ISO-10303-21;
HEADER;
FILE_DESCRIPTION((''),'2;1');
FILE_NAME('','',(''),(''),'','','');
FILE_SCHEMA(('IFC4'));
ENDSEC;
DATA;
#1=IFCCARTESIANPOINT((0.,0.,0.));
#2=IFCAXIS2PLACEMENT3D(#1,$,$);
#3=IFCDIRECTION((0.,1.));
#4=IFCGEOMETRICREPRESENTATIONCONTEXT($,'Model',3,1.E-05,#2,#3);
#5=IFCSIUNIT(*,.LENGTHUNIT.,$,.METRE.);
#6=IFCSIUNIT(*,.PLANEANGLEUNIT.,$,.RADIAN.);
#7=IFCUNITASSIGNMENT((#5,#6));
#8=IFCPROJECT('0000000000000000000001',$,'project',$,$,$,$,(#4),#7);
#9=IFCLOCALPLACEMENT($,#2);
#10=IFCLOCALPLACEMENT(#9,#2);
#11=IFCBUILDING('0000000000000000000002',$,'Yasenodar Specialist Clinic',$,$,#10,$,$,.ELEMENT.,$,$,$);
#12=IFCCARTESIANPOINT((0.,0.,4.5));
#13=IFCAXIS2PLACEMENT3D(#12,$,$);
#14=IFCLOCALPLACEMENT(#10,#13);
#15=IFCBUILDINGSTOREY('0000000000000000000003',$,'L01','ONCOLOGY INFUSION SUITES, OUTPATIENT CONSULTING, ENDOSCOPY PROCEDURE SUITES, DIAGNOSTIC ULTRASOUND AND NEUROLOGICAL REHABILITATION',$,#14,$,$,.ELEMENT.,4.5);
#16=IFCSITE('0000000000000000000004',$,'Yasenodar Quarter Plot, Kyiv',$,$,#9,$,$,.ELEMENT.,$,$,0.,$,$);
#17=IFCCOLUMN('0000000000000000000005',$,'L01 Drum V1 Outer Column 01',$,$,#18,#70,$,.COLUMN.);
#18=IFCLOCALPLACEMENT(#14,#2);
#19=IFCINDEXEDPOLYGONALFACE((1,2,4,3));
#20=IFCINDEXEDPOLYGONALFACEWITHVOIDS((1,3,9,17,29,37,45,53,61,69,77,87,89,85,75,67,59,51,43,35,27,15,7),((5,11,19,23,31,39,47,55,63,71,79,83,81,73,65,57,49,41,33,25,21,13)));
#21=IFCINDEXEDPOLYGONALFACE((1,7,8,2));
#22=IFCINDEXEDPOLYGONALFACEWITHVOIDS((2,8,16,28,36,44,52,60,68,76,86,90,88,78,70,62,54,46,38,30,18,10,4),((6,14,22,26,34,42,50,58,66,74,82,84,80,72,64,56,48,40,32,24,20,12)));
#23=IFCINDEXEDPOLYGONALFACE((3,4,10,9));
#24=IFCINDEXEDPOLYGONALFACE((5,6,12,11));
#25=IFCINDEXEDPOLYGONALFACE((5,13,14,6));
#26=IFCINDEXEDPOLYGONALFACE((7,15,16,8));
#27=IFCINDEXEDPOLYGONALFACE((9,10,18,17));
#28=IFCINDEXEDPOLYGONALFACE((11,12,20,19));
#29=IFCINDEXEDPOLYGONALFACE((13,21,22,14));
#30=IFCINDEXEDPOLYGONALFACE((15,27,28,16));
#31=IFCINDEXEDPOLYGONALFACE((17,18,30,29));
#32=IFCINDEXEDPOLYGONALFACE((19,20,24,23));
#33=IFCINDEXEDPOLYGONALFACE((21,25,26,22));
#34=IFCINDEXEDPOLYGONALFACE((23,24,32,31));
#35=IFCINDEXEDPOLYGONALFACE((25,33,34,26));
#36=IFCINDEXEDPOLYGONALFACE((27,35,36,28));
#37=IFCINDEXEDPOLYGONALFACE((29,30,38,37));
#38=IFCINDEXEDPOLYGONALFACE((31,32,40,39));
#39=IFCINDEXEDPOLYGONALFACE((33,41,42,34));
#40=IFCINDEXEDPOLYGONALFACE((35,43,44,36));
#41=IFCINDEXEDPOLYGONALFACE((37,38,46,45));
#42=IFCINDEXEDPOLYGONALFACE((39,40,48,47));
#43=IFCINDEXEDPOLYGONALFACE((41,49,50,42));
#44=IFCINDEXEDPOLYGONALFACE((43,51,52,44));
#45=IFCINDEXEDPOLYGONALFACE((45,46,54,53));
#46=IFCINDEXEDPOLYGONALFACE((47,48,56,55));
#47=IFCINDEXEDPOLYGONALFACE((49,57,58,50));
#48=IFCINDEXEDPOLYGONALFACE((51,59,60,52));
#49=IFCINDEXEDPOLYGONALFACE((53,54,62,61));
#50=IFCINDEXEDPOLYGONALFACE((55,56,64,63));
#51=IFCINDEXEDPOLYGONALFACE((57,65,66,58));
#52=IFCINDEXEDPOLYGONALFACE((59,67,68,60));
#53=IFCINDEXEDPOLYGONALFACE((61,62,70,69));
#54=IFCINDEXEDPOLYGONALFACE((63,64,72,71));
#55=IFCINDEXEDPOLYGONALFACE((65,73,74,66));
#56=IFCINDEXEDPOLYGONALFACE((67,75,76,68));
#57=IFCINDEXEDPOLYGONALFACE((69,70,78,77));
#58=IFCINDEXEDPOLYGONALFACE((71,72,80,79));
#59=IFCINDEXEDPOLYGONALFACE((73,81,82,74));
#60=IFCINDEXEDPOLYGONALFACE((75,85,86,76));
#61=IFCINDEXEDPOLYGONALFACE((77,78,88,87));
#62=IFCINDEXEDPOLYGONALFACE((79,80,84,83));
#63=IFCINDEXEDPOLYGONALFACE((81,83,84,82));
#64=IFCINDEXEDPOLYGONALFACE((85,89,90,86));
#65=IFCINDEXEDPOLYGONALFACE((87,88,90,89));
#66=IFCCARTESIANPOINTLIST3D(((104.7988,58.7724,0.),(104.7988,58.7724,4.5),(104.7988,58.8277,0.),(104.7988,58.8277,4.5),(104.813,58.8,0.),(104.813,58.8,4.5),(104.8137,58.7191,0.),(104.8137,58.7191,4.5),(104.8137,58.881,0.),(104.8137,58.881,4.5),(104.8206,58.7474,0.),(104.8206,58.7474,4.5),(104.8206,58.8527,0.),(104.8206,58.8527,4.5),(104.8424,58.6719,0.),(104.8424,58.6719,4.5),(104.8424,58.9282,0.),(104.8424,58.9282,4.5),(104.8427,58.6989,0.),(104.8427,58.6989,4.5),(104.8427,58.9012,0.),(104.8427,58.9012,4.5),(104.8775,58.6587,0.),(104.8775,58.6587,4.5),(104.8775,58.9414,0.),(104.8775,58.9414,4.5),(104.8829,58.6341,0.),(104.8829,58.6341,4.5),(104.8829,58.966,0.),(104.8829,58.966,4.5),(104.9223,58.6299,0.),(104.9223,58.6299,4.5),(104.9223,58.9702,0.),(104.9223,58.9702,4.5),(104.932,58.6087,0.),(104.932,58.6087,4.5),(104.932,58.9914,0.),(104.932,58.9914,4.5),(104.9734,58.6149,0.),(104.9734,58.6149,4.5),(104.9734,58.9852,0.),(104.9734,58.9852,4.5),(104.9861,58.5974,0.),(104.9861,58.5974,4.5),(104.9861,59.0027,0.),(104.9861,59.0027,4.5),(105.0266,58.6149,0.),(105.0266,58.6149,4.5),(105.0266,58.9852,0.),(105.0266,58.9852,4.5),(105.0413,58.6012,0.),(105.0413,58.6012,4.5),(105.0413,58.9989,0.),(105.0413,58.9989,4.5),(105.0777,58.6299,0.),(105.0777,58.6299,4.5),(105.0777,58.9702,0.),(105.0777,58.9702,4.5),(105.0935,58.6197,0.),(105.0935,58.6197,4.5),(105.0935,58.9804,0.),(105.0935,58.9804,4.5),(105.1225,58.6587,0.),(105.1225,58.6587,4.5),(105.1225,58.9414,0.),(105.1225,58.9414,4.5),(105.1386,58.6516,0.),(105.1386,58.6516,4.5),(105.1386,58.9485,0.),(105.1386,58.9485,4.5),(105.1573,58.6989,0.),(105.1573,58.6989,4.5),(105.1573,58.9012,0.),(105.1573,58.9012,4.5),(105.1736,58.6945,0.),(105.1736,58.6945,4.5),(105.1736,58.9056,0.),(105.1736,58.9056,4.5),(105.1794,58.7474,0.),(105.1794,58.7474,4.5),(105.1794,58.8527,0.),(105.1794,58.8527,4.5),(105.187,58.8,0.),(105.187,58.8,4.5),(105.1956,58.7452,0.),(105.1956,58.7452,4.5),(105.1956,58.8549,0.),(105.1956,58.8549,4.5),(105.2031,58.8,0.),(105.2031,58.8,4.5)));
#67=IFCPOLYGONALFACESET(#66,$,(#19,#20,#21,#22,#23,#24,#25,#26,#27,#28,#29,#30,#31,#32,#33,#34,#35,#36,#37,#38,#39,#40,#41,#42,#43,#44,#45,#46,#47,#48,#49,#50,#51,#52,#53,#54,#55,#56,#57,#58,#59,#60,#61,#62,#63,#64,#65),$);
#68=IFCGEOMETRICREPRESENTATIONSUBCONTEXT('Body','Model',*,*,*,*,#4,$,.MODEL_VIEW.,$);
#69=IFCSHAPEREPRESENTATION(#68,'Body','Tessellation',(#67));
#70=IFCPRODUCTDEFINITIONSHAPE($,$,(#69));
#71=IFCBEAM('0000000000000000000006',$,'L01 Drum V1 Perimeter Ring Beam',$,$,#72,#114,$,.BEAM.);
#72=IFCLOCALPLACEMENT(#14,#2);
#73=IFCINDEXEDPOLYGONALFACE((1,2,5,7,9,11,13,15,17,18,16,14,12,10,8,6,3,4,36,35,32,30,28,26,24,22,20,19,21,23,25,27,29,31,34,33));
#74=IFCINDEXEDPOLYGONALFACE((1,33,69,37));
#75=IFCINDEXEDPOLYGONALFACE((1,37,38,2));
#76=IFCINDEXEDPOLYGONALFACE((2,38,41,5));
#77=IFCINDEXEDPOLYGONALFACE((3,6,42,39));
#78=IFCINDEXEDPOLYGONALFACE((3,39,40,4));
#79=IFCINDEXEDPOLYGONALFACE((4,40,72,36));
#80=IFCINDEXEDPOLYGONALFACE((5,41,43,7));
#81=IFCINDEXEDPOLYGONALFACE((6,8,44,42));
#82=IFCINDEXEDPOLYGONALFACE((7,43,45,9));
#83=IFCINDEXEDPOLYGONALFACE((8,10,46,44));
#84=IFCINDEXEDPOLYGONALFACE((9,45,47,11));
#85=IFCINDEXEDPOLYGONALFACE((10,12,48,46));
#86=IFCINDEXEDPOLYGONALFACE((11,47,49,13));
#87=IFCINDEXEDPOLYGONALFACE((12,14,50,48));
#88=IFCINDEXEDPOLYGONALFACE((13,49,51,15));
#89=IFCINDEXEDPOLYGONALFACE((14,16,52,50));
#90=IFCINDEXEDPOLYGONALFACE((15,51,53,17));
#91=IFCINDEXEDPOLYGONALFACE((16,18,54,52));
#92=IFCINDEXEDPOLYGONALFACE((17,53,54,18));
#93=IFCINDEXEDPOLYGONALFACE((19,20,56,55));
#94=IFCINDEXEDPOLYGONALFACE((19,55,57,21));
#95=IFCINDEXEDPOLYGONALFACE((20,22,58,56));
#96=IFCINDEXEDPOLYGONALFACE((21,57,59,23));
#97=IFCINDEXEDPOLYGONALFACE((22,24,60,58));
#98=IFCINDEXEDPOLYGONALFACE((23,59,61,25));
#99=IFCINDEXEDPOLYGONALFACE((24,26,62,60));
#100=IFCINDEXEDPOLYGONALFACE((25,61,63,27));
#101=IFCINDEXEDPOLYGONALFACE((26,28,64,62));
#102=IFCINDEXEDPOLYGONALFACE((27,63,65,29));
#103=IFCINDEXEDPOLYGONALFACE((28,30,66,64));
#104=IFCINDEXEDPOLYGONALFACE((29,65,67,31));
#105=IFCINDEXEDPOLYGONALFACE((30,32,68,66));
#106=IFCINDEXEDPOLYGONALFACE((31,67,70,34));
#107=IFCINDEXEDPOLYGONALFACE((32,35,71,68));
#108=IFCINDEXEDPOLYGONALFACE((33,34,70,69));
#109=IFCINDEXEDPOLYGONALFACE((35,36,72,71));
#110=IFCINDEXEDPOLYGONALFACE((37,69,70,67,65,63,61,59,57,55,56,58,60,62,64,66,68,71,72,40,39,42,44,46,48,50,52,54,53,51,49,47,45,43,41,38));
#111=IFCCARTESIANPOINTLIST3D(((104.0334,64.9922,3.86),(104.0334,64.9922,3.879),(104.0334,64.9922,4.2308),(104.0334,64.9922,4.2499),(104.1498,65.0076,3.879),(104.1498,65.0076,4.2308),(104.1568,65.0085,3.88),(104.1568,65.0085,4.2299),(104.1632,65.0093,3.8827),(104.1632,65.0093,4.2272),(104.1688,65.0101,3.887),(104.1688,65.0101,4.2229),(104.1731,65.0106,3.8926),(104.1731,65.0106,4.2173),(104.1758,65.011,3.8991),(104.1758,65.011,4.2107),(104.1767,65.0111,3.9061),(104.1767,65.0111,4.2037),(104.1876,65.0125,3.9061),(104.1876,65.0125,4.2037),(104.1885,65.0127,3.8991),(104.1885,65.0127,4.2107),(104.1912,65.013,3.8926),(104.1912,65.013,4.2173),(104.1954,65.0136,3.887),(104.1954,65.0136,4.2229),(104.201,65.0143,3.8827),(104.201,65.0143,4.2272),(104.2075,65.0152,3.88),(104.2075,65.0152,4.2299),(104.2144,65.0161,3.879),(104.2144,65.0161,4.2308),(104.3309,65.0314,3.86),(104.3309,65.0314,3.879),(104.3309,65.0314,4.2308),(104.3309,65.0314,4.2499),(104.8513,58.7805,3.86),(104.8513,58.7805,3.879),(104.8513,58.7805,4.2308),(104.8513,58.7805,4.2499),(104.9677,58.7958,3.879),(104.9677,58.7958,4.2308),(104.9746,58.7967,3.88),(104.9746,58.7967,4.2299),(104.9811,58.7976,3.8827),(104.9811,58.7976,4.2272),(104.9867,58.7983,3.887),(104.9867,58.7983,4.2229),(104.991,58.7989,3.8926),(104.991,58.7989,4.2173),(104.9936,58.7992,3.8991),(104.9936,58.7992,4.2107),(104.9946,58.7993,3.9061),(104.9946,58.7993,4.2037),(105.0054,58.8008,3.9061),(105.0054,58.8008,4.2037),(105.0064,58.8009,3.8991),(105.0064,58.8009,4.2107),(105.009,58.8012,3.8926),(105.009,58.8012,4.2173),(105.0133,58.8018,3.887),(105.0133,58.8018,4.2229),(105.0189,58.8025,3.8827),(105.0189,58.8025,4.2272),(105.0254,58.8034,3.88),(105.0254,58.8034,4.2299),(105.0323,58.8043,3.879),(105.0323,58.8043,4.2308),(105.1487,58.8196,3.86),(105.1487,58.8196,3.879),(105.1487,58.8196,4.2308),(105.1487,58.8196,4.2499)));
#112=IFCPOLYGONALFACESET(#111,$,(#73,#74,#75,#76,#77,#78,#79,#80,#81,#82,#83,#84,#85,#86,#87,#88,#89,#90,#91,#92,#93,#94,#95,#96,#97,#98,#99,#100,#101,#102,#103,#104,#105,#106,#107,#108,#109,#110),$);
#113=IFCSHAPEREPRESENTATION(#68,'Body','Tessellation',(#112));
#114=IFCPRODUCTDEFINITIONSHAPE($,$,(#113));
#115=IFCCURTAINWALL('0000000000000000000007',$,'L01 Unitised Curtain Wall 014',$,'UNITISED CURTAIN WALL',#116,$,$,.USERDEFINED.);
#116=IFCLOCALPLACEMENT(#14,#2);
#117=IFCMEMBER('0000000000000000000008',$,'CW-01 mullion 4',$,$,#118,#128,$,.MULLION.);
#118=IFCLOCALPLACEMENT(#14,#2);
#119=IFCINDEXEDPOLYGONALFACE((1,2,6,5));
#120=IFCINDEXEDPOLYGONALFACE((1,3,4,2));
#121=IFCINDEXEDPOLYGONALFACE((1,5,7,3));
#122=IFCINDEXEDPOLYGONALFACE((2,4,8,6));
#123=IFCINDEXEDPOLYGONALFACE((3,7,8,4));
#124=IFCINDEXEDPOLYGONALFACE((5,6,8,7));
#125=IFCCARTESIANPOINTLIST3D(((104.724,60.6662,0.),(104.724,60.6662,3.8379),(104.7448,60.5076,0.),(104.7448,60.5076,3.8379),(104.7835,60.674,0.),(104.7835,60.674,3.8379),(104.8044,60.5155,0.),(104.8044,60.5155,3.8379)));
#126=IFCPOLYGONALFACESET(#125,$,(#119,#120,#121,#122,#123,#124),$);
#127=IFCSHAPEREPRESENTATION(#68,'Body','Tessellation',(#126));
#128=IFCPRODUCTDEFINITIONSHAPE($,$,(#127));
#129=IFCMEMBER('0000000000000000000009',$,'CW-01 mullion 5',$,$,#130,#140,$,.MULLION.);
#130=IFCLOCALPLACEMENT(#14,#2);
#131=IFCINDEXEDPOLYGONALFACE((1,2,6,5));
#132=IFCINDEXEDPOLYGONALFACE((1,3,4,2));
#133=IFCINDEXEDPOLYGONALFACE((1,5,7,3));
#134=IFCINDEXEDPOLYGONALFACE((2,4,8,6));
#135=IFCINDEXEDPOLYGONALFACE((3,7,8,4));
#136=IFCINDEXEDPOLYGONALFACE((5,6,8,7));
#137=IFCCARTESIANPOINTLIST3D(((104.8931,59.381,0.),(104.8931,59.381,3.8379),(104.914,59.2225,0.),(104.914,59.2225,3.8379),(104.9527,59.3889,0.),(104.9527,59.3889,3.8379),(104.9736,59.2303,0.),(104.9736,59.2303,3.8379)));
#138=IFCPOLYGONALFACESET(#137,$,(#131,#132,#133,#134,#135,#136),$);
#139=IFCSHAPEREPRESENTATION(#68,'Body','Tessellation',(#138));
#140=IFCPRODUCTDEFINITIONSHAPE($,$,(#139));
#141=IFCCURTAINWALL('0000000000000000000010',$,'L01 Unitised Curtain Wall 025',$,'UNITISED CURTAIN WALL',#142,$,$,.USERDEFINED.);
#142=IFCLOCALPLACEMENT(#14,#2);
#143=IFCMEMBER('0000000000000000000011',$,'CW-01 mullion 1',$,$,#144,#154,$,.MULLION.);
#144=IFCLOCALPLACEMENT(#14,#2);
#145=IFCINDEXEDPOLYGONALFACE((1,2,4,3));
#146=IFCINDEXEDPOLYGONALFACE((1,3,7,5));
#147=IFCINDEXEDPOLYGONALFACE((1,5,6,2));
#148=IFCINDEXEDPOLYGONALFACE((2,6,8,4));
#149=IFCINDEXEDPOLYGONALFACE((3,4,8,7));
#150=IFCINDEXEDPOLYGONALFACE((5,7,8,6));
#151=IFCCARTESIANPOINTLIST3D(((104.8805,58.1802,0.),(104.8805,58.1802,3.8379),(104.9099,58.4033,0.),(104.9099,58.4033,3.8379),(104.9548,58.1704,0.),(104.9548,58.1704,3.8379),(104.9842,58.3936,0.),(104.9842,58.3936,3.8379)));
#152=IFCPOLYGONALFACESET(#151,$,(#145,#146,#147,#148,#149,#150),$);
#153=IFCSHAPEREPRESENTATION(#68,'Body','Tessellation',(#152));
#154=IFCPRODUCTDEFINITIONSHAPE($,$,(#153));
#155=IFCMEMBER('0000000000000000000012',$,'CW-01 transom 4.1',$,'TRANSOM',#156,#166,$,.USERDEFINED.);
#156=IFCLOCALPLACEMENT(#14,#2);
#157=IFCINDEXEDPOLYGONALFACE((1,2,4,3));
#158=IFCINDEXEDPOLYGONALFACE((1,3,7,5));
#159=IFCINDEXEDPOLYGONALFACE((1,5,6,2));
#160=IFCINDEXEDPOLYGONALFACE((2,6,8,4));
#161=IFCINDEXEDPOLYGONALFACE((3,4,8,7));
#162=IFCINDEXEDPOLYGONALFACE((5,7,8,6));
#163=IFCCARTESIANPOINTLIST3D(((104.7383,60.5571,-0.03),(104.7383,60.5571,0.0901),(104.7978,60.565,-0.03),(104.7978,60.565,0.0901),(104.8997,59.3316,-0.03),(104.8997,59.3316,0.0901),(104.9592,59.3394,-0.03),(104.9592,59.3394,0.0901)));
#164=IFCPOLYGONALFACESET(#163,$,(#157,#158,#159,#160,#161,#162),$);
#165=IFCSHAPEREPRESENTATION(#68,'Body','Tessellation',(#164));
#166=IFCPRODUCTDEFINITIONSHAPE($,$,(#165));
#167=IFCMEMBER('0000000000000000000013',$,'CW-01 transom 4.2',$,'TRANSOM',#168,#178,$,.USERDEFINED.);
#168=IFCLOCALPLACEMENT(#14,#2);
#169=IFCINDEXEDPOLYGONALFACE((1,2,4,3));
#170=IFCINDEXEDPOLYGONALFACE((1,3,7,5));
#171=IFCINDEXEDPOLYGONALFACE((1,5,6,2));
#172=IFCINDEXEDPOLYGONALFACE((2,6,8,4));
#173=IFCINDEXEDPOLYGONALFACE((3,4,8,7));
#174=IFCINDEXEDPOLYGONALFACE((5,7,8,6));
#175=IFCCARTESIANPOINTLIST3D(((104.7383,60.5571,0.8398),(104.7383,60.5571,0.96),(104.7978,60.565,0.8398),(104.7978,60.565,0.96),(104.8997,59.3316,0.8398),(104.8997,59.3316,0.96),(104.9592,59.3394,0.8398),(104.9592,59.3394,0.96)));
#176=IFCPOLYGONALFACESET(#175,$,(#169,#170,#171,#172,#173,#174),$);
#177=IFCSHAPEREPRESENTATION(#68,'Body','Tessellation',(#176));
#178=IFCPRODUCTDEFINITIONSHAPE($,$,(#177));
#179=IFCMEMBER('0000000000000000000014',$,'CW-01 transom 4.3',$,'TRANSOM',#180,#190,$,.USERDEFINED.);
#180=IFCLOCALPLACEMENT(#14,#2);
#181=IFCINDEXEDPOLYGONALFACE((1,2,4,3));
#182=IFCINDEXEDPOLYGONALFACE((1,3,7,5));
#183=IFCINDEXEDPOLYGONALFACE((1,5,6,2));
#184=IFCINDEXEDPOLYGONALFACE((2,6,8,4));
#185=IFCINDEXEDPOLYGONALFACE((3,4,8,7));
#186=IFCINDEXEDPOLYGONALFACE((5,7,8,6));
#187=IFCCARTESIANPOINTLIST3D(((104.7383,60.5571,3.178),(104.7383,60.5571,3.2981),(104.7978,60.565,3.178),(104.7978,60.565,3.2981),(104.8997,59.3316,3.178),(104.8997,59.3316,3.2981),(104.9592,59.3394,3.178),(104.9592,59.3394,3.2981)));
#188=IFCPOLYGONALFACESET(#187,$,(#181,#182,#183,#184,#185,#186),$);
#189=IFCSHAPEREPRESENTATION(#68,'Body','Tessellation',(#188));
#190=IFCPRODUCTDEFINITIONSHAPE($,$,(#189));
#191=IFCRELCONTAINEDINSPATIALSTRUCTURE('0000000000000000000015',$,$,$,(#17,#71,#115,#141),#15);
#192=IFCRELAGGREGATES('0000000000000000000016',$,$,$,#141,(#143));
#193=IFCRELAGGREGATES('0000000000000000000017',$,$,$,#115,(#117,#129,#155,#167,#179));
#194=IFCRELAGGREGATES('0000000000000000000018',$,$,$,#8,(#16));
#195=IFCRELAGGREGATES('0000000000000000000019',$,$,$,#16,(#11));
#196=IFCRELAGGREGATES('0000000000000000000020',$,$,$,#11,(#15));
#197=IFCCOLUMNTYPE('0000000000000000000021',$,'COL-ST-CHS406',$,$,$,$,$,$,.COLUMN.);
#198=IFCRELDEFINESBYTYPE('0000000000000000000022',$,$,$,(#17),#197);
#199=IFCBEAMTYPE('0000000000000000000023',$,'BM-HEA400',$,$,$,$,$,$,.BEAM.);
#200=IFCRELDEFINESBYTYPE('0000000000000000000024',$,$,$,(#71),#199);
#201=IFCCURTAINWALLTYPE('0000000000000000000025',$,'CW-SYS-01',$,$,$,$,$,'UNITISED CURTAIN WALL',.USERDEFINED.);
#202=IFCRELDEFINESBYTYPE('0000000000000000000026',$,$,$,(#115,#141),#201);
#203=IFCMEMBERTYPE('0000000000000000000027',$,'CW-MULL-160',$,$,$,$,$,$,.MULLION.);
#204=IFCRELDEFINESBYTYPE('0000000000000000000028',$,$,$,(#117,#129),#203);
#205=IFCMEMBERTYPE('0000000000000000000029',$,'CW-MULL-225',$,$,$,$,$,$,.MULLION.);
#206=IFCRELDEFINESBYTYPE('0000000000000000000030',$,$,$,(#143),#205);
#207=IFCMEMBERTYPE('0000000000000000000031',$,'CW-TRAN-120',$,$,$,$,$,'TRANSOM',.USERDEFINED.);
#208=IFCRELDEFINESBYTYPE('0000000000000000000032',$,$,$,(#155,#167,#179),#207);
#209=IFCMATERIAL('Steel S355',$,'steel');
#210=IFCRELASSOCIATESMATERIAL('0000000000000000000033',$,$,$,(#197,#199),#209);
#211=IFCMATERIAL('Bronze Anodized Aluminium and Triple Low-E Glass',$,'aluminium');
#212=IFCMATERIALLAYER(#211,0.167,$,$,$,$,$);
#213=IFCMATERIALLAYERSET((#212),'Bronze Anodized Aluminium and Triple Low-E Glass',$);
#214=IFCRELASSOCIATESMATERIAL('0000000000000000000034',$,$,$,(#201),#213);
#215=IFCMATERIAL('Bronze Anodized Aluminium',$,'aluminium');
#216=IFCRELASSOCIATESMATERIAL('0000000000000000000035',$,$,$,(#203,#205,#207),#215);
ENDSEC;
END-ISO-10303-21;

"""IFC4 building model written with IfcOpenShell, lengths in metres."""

from ifc_helpers import new_model, si_unit, direction, frame, origin, origin_2d, place, context, subcontext, project, spatial, rectangle, hollow_circle, i_section, extrude, material, layer, layer_set, material_profile, profile_set, type_object, element, aggregate, save


model = new_model("IFC4")

# Units and contexts
model_context = context("Model", 3, precision=1e-05, world=origin(), true_north=direction((0.0, 1.0)))
body_context = subcontext(model_context, "Body", "Model", "MODEL_VIEW")
ifc_project = project(units=[si_unit("LENGTHUNIT", "METRE"), si_unit("PLANEANGLEUNIT", "RADIAN")], contexts=[model_context])

# Site, building, storey
site_placement = place(None, origin())
site = spatial("IfcSite", under=ifc_project, at=site_placement, Name="Yasenodar Quarter Plot, Kyiv", CompositionType="ELEMENT", RefElevation=0.0)
building_placement = place(site_placement, origin())
building = spatial("IfcBuilding", under=site, at=building_placement, Name="Yasenodar Specialist Clinic", CompositionType="ELEMENT")
storey_placement = place(building_placement, frame((0.0, 0.0, 4.5)))
storey = spatial("IfcBuildingStorey", under=building, at=storey_placement, Name="L01", Description="ONCOLOGY INFUSION SUITES, OUTPATIENT CONSULTING, ENDOSCOPY PROCEDURE SUITES, DIAGNOSTIC ULTRASOUND AND NEUROLOGICAL REHABILITATION", CompositionType="ELEMENT", Elevation=4.5)

# Column
ifc_material_1 = material(Name="Steel S355", Category="steel")
ifc_material_profile_1 = material_profile(ifc_material_1, hollow_circle(Radius=0.2031, WallThickness=0.0161, at=origin_2d()), Name="CHS 406.4x16")
ifc_profile_set_1 = profile_set([ifc_material_profile_1], Name="Steel S355")
column_type = type_object("IfcColumnType", Name="COL-ST-CHS406", PredefinedType="COLUMN", material=ifc_profile_set_1)
column_placement = place(storey_placement, frame((105.0, 58.8, 0.0), z_axis=(0.0, 0.0, 1.0), x_axis=(1.0, 0.0, 0.0)))
element("IfcColumn", 1, at=column_placement, inside=storey, type_object=column_type, Name="L01 Drum V1 Outer Column 01", PredefinedType="COLUMN", context=body_context, shape_type="SweptSolid", body=[
    extrude(hollow_circle(Radius=0.2031, WallThickness=0.0161, at=origin_2d()), origin(), (0.0, 0.0, 1.0), 4.5),
])

# Beam
ifc_material_profile_2 = material_profile(ifc_material_1, i_section(OverallWidth=0.3, OverallDepth=0.3899, WebThickness=0.011, FlangeThickness=0.019, FilletRadius=0.0271, at=origin_2d()), Name="HEA 400")
ifc_profile_set_2 = profile_set([ifc_material_profile_2], Name="Steel S355")
beam_type = type_object("IfcBeamType", Name="BM-HEA400", PredefinedType="BEAM", material=ifc_profile_set_2)
beam_placement = place(storey_placement, frame((105.0, 58.8, 4.0549), z_axis=(-0.13054, 0.991443, 0.0), x_axis=(-0.991443, -0.13054, 0.0)))
element("IfcBeam", 2, at=beam_placement, inside=storey, type_object=beam_type, Name="L01 Drum V1 Perimeter Ring Beam", PredefinedType="BEAM", context=body_context, shape_type="SweptSolid", body=[
    extrude(i_section(OverallWidth=0.3, OverallDepth=0.3899, WebThickness=0.011, FlangeThickness=0.019, FilletRadius=0.0271, at=origin_2d()), origin(), (0.0, 0.0, 1.0), 6.2654),
])

# Curtain wall, members
ifc_material_2 = material(Name="Bronze Anodized Aluminium and Triple Low-E Glass", Category="aluminium")
ifc_layer_1 = layer(ifc_material_2, 0.167)
ifc_layer_set_1 = layer_set([ifc_layer_1], Name="Bronze Anodized Aluminium and Triple Low-E Glass")
curtain_wall_type = type_object("IfcCurtainWallType", Name="CW-SYS-01", ElementType="UNITISED CURTAIN WALL", PredefinedType="USERDEFINED", material=ifc_layer_set_1)
curtain_wall_1_placement = place(storey_placement, origin())
curtain_wall_1 = element("IfcCurtainWall", 3, at=curtain_wall_1_placement, inside=storey, type_object=curtain_wall_type, Name="L01 Unitised Curtain Wall 014", ObjectType="UNITISED CURTAIN WALL", PredefinedType="USERDEFINED")
ifc_material_3 = material(Name="Bronze Anodized Aluminium", Category="aluminium")
ifc_material_profile_3 = material_profile(ifc_material_3, rectangle(XDim=0.0601, YDim=0.1599, at=origin_2d()), Name="CW-MULL 60x160")
ifc_profile_set_3 = profile_set([ifc_material_profile_3], Name="Bronze Anodized Aluminium")
member_type_1 = type_object("IfcMemberType", Name="CW-MULL-160", PredefinedType="MULLION", material=ifc_profile_set_3)
member_1_placement = place(storey_placement, frame((104.7642, 60.5908, 0.0), z_axis=(0.0, 0.0, 1.0), x_axis=(0.991447, 0.130512, 0.0)))
member_1 = element("IfcMember", 4, at=member_1_placement, type_object=member_type_1, Name="CW-01 mullion 4", PredefinedType="MULLION", context=body_context, shape_type="SweptSolid", body=[
    extrude(rectangle(XDim=0.0601, YDim=0.1599, at=origin_2d()), origin(), (0.0, 0.0, 1.0), 3.8379),
])
member_2_placement = place(storey_placement, frame((104.9333, 59.3057, 0.0), z_axis=(0.0, 0.0, 1.0), x_axis=(0.991447, 0.130512, 0.0)))
member_2 = element("IfcMember", 5, at=member_2_placement, type_object=member_type_1, Name="CW-01 mullion 5", PredefinedType="MULLION", context=body_context, shape_type="SweptSolid", body=[
    extrude(rectangle(XDim=0.0601, YDim=0.1599, at=origin_2d()), origin(), (0.0, 0.0, 1.0), 3.8379),
])

# Curtain wall, member
curtain_wall_2_placement = place(storey_placement, origin())
curtain_wall_2 = element("IfcCurtainWall", 6, at=curtain_wall_2_placement, inside=storey, type_object=curtain_wall_type, Name="L01 Unitised Curtain Wall 025", ObjectType="UNITISED CURTAIN WALL", PredefinedType="USERDEFINED")
ifc_material_profile_4 = material_profile(ifc_material_3, rectangle(XDim=0.075, YDim=0.2251, at=origin_2d()), Name="CW-MULL 75x225")
ifc_profile_set_4 = profile_set([ifc_material_profile_4], Name="Bronze Anodized Aluminium")
member_type_2 = type_object("IfcMemberType", Name="CW-MULL-225", PredefinedType="MULLION", material=ifc_profile_set_4)
member_3_placement = place(storey_placement, frame((104.9324, 58.2869, 0.0), z_axis=(0.0, 0.0, 1.0), x_axis=(0.991447, -0.130512, 0.0)))
member_3 = element("IfcMember", 7, at=member_3_placement, type_object=member_type_2, Name="CW-01 mullion 1", PredefinedType="MULLION", context=body_context, shape_type="SweptSolid", body=[
    extrude(rectangle(XDim=0.075, YDim=0.2251, at=origin_2d()), origin(), (0.0, 0.0, 1.0), 3.8379),
])
aggregate(curtain_wall_2, [member_3])

# Members
ifc_material_profile_5 = material_profile(ifc_material_3, rectangle(XDim=0.0601, YDim=0.1201, at=origin_2d()), Name="CW-TRAN 60x120")
ifc_profile_set_5 = profile_set([ifc_material_profile_5], Name="Bronze Anodized Aluminium")
member_type_3 = type_object("IfcMemberType", Name="CW-TRAN-120", ElementType="TRANSOM", PredefinedType="USERDEFINED", material=ifc_profile_set_5)
member_4_placement = place(storey_placement, frame((104.7681, 60.561, 0.03), z_axis=(0.130546, -0.991442, 0.0), x_axis=(0.991442, 0.130546, 0.0)))
member_4 = element("IfcMember", 8, at=member_4_placement, type_object=member_type_3, Name="CW-01 transom 4.1", ObjectType="TRANSOM", PredefinedType="USERDEFINED", context=body_context, shape_type="SweptSolid", body=[
    extrude(rectangle(XDim=0.0601, YDim=0.1201, at=origin_2d()), origin(), (0.0, 0.0, 1.0), 1.2361),
])
member_5_placement = place(storey_placement, frame((104.7681, 60.561, 0.8999), z_axis=(0.130546, -0.991442, 0.0), x_axis=(0.991442, 0.130546, 0.0)))
member_5 = element("IfcMember", 9, at=member_5_placement, type_object=member_type_3, Name="CW-01 transom 4.2", ObjectType="TRANSOM", PredefinedType="USERDEFINED", context=body_context, shape_type="SweptSolid", body=[
    extrude(rectangle(XDim=0.0601, YDim=0.1201, at=origin_2d()), origin(), (0.0, 0.0, 1.0), 1.2361),
])
member_6_placement = place(storey_placement, frame((104.7681, 60.561, 3.238), z_axis=(0.130546, -0.991442, 0.0), x_axis=(0.991442, 0.130546, 0.0)))
member_6 = element("IfcMember", 10, at=member_6_placement, type_object=member_type_3, Name="CW-01 transom 4.3", ObjectType="TRANSOM", PredefinedType="USERDEFINED", context=body_context, shape_type="SweptSolid", body=[
    extrude(rectangle(XDim=0.0601, YDim=0.1201, at=origin_2d()), origin(), (0.0, 0.0, 1.0), 1.2361),
])

aggregate(curtain_wall_1, [member_1, member_2, member_4, member_5, member_6])

save(model, "model.ifc")
